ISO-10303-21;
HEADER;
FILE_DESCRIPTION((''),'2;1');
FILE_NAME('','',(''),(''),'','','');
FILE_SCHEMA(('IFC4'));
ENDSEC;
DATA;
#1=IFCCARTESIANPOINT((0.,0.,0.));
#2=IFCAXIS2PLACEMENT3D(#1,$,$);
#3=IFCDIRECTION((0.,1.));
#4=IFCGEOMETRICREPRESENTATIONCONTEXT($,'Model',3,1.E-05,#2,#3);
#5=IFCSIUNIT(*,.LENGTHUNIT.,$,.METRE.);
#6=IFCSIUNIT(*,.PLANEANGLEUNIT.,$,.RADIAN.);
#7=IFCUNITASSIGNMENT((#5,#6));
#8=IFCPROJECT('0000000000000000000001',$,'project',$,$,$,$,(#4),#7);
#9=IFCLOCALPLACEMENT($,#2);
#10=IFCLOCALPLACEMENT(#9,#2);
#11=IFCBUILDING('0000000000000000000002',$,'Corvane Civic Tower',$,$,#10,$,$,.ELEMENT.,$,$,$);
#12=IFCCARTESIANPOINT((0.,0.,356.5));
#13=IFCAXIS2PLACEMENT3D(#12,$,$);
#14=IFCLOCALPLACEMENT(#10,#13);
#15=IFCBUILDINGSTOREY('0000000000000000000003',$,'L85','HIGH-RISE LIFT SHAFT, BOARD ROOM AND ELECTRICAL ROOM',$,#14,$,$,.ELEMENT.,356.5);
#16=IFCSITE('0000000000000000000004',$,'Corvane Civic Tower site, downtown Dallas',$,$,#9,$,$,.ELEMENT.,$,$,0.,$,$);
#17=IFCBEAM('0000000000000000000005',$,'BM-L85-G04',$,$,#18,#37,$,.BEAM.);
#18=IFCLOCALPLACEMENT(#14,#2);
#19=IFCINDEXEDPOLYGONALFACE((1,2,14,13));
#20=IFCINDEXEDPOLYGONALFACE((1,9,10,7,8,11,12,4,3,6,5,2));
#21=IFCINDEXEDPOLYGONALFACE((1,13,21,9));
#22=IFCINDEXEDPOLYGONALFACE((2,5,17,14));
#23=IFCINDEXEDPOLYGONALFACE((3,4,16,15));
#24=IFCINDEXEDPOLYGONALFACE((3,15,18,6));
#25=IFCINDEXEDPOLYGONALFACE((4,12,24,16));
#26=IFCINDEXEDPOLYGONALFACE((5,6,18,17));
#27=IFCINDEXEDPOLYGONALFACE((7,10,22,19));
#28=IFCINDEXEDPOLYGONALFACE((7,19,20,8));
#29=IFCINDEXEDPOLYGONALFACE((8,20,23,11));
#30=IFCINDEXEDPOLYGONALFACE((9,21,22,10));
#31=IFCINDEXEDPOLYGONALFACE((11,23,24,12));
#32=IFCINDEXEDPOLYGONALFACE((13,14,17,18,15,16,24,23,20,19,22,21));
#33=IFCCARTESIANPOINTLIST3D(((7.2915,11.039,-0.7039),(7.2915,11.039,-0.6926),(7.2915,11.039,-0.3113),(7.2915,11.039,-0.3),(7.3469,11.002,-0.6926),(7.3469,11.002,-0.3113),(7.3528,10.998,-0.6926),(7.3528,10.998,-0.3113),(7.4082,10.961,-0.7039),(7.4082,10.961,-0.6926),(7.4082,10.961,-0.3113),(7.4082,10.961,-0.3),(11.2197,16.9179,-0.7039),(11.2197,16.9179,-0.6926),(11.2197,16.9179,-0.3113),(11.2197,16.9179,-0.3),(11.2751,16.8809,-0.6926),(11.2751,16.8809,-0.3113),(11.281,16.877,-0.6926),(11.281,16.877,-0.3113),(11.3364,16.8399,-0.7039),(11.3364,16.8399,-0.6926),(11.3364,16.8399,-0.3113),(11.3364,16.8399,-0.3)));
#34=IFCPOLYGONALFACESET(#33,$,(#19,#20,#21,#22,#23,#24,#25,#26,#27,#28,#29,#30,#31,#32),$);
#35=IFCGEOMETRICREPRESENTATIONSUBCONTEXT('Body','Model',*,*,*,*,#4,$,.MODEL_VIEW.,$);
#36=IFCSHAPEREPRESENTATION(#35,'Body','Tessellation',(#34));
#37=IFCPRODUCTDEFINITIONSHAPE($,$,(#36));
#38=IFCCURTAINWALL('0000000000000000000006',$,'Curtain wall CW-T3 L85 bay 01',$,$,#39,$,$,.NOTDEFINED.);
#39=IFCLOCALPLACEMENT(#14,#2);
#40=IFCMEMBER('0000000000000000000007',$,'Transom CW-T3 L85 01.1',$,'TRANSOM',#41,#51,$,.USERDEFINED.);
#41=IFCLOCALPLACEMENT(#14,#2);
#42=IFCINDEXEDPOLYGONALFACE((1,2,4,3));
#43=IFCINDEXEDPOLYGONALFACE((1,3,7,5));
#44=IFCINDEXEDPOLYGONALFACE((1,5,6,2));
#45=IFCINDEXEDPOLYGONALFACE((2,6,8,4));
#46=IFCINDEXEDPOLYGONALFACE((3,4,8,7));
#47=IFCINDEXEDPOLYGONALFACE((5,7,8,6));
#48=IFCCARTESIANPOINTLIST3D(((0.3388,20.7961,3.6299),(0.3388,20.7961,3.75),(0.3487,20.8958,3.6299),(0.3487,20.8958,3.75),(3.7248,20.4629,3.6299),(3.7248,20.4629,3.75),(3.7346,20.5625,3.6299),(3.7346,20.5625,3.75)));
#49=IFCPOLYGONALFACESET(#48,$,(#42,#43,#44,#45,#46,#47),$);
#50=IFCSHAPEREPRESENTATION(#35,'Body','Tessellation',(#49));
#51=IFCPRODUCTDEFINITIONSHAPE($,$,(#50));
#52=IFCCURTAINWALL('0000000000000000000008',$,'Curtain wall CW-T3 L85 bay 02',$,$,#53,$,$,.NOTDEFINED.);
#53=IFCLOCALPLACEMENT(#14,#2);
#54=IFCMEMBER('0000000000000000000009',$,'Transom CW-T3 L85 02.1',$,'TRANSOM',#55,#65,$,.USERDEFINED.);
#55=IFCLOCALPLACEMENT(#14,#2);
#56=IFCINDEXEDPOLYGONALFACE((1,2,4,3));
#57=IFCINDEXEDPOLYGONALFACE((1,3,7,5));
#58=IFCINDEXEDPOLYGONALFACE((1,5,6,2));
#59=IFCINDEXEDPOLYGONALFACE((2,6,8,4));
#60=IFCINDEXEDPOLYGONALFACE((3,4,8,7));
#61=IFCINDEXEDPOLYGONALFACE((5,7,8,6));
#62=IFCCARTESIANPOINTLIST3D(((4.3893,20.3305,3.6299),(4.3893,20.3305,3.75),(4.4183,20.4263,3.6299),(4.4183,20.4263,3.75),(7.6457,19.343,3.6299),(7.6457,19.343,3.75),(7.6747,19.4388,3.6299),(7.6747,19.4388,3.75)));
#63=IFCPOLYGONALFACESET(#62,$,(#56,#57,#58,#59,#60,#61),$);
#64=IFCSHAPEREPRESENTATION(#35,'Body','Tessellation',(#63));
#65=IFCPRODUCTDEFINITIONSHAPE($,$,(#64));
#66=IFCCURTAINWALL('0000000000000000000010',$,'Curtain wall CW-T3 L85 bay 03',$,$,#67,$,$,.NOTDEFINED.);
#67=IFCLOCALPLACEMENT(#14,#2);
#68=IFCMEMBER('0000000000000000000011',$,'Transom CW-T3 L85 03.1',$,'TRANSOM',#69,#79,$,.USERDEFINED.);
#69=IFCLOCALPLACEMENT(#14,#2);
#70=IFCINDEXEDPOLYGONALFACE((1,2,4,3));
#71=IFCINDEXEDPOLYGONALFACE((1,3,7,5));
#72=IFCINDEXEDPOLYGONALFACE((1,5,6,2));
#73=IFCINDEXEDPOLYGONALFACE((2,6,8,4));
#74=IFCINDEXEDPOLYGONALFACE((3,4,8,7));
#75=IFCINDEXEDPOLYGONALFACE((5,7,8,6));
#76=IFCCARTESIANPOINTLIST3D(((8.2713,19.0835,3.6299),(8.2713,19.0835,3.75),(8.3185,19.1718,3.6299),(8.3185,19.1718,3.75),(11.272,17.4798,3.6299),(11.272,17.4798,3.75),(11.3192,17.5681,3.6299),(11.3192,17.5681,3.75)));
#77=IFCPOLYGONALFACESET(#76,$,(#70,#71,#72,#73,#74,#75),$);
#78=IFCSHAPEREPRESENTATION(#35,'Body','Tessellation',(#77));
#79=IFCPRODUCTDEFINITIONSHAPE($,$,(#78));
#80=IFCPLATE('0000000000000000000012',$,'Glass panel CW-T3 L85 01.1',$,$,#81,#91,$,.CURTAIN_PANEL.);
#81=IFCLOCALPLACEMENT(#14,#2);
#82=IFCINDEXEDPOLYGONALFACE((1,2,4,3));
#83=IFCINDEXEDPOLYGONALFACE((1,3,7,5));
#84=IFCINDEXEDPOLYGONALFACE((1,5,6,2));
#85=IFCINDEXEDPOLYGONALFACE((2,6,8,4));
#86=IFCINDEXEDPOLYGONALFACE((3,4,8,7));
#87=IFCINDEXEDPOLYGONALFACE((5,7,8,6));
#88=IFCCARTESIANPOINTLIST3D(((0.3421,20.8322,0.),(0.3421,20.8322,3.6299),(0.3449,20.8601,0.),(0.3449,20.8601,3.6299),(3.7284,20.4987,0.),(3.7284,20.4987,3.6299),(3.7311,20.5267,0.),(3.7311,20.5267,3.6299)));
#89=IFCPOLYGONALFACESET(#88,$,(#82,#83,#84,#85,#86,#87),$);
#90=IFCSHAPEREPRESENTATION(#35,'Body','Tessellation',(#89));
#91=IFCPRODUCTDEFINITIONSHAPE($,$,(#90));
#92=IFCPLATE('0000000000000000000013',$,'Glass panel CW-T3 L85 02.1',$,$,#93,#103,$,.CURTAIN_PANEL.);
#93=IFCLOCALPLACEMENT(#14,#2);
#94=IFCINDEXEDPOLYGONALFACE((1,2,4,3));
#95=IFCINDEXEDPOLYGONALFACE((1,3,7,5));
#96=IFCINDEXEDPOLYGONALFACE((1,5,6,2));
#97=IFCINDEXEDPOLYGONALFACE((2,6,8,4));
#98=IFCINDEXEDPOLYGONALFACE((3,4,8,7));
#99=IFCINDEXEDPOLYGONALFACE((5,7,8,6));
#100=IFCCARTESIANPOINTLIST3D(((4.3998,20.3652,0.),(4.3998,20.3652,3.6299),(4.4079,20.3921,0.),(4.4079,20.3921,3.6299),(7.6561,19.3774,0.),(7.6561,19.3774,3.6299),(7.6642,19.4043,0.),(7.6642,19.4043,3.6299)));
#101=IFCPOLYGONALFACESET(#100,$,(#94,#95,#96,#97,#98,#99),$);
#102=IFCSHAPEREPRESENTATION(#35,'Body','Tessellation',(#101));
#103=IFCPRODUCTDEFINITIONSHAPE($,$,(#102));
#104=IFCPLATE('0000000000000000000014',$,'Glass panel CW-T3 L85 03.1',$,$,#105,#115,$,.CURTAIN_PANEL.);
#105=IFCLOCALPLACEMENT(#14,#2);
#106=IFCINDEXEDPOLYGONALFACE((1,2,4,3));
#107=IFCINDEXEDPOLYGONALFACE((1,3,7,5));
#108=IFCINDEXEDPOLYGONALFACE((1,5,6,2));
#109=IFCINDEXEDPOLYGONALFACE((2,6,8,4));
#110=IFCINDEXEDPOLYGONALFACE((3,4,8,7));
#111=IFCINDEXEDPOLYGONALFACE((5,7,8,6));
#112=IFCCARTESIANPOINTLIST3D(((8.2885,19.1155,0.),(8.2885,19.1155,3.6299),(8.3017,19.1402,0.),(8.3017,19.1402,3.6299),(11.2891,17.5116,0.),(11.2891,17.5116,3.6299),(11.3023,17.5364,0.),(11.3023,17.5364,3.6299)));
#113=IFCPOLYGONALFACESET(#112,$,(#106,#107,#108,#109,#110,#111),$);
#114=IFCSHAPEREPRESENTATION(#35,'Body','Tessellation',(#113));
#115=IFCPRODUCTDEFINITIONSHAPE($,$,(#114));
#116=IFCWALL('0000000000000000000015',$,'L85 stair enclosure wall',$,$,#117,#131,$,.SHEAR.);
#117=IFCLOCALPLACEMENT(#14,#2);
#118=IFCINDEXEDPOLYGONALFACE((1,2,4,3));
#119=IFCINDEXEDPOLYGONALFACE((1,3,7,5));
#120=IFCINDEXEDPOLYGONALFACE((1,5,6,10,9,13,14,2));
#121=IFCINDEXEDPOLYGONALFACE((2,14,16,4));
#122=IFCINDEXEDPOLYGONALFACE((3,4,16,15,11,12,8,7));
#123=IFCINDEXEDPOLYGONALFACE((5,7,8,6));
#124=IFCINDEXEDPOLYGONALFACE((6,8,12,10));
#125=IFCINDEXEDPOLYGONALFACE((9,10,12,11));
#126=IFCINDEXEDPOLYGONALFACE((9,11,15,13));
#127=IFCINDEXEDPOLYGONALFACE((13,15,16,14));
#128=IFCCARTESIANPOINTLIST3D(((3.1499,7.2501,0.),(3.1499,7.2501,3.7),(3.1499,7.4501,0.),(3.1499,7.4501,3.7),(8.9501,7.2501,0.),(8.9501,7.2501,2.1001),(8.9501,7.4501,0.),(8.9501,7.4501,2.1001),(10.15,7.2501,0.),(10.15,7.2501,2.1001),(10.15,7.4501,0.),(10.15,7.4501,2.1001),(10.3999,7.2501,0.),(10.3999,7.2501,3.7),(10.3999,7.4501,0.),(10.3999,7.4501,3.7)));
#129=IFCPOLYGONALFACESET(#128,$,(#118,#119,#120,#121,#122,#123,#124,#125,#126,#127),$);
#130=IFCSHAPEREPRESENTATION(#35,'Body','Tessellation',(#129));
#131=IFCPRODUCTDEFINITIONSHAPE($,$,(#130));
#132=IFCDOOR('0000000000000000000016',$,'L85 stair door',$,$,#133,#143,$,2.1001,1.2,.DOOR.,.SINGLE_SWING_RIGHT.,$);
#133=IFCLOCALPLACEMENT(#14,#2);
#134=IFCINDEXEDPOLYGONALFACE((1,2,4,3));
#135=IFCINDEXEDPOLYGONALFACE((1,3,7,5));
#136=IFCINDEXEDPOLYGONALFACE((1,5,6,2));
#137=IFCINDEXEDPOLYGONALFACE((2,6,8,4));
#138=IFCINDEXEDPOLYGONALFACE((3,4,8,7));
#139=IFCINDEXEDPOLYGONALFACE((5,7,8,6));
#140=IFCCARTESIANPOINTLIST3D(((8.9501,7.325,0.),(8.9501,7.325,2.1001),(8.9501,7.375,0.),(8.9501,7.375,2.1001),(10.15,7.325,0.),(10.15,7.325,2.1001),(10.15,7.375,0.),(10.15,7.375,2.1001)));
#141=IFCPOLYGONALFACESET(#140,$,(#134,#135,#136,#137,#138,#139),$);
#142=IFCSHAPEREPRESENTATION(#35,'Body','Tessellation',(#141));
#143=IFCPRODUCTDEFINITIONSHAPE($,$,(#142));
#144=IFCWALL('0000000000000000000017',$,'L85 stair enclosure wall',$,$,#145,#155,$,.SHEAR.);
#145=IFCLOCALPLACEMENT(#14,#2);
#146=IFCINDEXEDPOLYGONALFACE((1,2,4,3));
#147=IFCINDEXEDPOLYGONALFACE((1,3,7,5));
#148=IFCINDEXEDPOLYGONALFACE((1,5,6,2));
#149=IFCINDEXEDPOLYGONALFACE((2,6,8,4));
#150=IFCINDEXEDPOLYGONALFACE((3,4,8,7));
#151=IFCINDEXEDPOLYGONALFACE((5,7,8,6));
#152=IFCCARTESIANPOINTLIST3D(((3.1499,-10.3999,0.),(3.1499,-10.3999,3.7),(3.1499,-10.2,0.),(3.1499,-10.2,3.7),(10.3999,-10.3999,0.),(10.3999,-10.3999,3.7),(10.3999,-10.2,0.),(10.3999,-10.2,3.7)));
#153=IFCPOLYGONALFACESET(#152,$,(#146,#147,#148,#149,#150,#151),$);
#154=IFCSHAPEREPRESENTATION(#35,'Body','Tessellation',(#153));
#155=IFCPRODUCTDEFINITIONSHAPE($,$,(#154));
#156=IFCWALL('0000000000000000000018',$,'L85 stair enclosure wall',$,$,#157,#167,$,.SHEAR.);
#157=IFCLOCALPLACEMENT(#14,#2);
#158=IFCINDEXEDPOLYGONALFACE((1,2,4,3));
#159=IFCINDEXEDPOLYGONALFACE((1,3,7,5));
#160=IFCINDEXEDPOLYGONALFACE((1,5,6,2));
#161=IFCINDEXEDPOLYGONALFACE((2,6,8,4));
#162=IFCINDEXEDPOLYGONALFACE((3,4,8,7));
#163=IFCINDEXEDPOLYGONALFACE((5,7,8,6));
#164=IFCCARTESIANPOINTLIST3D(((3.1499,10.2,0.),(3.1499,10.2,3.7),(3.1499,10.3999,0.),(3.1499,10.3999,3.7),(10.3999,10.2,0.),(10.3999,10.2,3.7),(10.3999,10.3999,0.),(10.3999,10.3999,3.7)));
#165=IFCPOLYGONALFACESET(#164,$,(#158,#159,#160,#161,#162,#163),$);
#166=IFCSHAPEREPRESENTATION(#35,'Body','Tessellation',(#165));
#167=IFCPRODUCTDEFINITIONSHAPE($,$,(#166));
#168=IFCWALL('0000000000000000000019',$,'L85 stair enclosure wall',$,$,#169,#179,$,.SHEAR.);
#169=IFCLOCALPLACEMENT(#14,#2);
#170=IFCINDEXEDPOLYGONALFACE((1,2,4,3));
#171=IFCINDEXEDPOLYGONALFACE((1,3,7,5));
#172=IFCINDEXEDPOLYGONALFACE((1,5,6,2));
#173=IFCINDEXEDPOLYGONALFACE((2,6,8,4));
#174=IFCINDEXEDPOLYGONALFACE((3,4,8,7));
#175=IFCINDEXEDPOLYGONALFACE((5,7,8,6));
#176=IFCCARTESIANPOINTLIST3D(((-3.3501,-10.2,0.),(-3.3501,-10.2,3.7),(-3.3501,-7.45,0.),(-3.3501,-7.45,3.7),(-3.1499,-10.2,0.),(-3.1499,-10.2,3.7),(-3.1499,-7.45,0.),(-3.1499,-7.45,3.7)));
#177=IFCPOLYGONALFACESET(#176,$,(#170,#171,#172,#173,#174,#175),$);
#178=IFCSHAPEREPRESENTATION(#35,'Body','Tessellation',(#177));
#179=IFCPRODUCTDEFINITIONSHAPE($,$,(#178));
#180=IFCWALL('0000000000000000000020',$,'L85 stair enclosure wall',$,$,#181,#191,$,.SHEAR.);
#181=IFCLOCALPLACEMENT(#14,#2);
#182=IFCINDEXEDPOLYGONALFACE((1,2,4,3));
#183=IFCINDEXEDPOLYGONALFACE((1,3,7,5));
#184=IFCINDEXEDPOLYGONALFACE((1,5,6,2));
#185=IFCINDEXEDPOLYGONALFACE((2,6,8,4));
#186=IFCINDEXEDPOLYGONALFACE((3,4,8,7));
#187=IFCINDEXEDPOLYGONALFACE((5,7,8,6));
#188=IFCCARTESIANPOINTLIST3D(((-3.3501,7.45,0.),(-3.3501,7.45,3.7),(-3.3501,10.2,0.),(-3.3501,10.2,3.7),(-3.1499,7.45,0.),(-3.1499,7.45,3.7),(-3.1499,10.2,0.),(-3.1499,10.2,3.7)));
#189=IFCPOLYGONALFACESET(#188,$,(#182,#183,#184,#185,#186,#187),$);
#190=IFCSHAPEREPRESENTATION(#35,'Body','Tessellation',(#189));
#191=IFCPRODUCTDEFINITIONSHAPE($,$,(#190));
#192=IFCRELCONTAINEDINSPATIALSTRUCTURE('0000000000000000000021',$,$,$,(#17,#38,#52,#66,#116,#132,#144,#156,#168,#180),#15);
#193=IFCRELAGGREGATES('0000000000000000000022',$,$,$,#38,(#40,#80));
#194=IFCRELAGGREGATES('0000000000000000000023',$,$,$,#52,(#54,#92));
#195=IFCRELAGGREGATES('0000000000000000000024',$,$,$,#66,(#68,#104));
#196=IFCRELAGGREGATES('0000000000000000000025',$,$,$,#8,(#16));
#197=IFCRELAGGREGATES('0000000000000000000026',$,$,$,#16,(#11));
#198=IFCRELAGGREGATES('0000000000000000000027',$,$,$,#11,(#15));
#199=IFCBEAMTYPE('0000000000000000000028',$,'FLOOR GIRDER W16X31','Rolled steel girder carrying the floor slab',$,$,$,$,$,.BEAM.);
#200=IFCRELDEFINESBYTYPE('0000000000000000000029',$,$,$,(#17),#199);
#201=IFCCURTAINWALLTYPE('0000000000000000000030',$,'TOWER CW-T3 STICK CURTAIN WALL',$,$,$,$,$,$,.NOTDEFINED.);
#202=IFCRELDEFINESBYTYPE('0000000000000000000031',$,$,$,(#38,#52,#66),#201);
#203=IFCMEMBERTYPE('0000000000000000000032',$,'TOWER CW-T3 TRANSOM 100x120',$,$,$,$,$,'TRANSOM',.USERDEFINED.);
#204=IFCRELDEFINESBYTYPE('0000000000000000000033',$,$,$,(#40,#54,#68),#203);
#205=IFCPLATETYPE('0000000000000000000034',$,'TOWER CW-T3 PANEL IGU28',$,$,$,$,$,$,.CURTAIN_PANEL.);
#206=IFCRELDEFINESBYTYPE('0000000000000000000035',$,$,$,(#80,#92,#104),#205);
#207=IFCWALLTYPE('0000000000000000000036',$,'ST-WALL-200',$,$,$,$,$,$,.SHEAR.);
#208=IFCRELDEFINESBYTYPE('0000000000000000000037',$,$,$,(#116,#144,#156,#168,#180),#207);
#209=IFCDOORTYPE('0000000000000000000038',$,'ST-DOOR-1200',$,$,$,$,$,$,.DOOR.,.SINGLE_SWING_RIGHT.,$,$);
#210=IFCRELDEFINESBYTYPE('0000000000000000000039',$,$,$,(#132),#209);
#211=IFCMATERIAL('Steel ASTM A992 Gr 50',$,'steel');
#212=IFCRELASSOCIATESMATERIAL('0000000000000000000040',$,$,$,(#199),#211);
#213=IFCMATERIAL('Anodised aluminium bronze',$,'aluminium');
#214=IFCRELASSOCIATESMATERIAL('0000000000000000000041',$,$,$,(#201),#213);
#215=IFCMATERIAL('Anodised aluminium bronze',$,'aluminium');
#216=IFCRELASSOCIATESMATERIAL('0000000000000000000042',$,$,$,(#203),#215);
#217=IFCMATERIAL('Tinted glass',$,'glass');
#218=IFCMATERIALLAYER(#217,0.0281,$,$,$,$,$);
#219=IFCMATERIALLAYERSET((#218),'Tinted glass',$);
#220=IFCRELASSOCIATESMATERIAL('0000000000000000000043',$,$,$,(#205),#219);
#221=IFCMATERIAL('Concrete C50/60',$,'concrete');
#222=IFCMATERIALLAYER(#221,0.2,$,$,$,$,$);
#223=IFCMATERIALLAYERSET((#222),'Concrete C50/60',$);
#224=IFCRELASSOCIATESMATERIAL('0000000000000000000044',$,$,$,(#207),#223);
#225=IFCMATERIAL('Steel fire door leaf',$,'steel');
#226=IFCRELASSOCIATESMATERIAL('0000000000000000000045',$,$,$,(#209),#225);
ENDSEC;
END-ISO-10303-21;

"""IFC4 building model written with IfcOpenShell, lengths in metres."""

from ifc_helpers import new_model, si_unit, direction, frame, frame_2d, origin, origin_2d, place, context, subcontext, project, spatial, polyline, rectangle, i_section, outline, extrude, material, layer, layer_set, material_profile, profile_set, type_object, element, fill, aggregate, save


model = new_model("IFC4")

# Units and contexts
model_context = context("Model", 3, precision=1e-05, world=origin(), true_north=direction((0.0, 1.0)))
body_context = subcontext(model_context, "Body", "Model", "MODEL_VIEW")
ifc_project = project(units=[si_unit("LENGTHUNIT", "METRE"), si_unit("PLANEANGLEUNIT", "RADIAN")], contexts=[model_context])

# Site, building, storey
site_placement = place(None, origin())
site = spatial("IfcSite", under=ifc_project, at=site_placement, Name="Corvane Civic Tower site, downtown Dallas", CompositionType="ELEMENT", RefElevation=0.0)
building_placement = place(site_placement, origin())
building = spatial("IfcBuilding", under=site, at=building_placement, Name="Corvane Civic Tower", CompositionType="ELEMENT")
storey_placement = place(building_placement, frame((0.0, 0.0, 356.5)))
storey = spatial("IfcBuildingStorey", under=building, at=storey_placement, Name="L85", Description="HIGH-RISE LIFT SHAFT, BOARD ROOM AND ELECTRICAL ROOM", CompositionType="ELEMENT", Elevation=356.5)

# Beam
ifc_material_1 = material(Name="Steel ASTM A992 Gr 50", Category="steel")
ifc_material_profile_1 = material_profile(ifc_material_1, i_section(OverallWidth=0.1404, OverallDepth=0.4038, WebThickness=0.0071, FlangeThickness=0.0112, at=origin_2d()), Name="W16X31")
ifc_profile_set_1 = profile_set([ifc_material_profile_1], Name="Steel ASTM A992 Gr 50")
beam_type_1 = type_object("IfcBeamType", Name="FLOOR GIRDER W16X31", Description="Rolled steel girder carrying the floor slab", PredefinedType="BEAM", material=ifc_profile_set_1)
beam_1_placement = place(storey_placement, frame((7.3499, 11.0, -0.502), z_axis=(0.555576, 0.831465, 0.0), x_axis=(-0.831465, 0.555576, 0.0)))
element("IfcBeam", 1, at=beam_1_placement, inside=storey, type_object=beam_type_1, Name="BM-L85-G04", PredefinedType="BEAM", context=body_context, shape_type="SweptSolid", body=[
    extrude(i_section(OverallWidth=0.1404, OverallDepth=0.4038, WebThickness=0.0071, FlangeThickness=0.0112, at=origin_2d()), origin(), (0.0, 0.0, 1.0), 7.0706),
])

# Curtain walls, members
ifc_material_2 = material(Name="Anodised aluminium bronze", Category="aluminium")
curtain_wall_type = type_object("IfcCurtainWallType", Name="TOWER CW-T3 STICK CURTAIN WALL", PredefinedType="NOTDEFINED", material=ifc_material_2)
curtain_wall_1_placement = place(storey_placement, origin())
curtain_wall_1 = element("IfcCurtainWall", 2, at=curtain_wall_1_placement, inside=storey, type_object=curtain_wall_type, Name="Curtain wall CW-T3 L85 bay 01", PredefinedType="NOTDEFINED")
ifc_material_3 = material(Name="Anodised aluminium bronze", Category="aluminium")
ifc_material_profile_2 = material_profile(ifc_material_3, rectangle(XDim=0.1001, YDim=0.1201, at=origin_2d()), Name="TOWER CW-T3 TRANSOM 100x120")
ifc_profile_set_2 = profile_set([ifc_material_profile_2], Name="Anodised aluminium bronze")
member_type = type_object("IfcMemberType", Name="TOWER CW-T3 TRANSOM 100x120", ElementType="TRANSOM", PredefinedType="USERDEFINED", material=ifc_profile_set_2)
member_1_placement = place(storey_placement, frame((0.3438, 20.8459, 3.6899), z_axis=(0.995192, -0.097948, 0.0), x_axis=(0.097948, 0.995192, 0.0)))
member_1 = element("IfcMember", 3, at=member_1_placement, type_object=member_type, Name="Transom CW-T3 L85 01.1", ObjectType="TRANSOM", PredefinedType="USERDEFINED", context=body_context, shape_type="SweptSolid", body=[
    extrude(rectangle(XDim=0.1001, YDim=0.1201, at=origin_2d()), origin(), (0.0, 0.0, 1.0), 3.4023),
])
curtain_wall_2_placement = place(storey_placement, origin())
curtain_wall_2 = element("IfcCurtainWall", 4, at=curtain_wall_2_placement, inside=storey, type_object=curtain_wall_type, Name="Curtain wall CW-T3 L85 bay 02", PredefinedType="NOTDEFINED")
member_2_placement = place(storey_placement, frame((4.4038, 20.3784, 3.6899), z_axis=(0.956961, -0.290216, 0.0), x_axis=(0.290216, 0.956961, 0.0)))
member_2 = element("IfcMember", 5, at=member_2_placement, type_object=member_type, Name="Transom CW-T3 L85 02.1", ObjectType="TRANSOM", PredefinedType="USERDEFINED", context=body_context, shape_type="SweptSolid", body=[
    extrude(rectangle(XDim=0.1001, YDim=0.1201, at=origin_2d()), origin(), (0.0, 0.0, 1.0), 3.4028),
])
curtain_wall_3_placement = place(storey_placement, origin())
curtain_wall_3 = element("IfcCurtainWall", 6, at=curtain_wall_3_placement, inside=storey, type_object=curtain_wall_type, Name="Curtain wall CW-T3 L85 bay 03", PredefinedType="NOTDEFINED")
member_3_placement = place(storey_placement, frame((8.2949, 19.1277, 3.6899), z_axis=(0.881941, -0.471359, 0.0), x_axis=(0.471359, 0.881941, 0.0)))
member_3 = element("IfcMember", 7, at=member_3_placement, type_object=member_type, Name="Transom CW-T3 L85 03.1", ObjectType="TRANSOM", PredefinedType="USERDEFINED", context=body_context, shape_type="SweptSolid", body=[
    extrude(rectangle(XDim=0.1001, YDim=0.1201, at=origin_2d()), origin(), (0.0, 0.0, 1.0), 3.4023),
])

# Plates
ifc_material_4 = material(Name="Tinted glass", Category="glass")
ifc_layer_1 = layer(ifc_material_4, 0.0281)
ifc_layer_set_1 = layer_set([ifc_layer_1], Name="Tinted glass")
plate_type = type_object("IfcPlateType", Name="TOWER CW-T3 PANEL IGU28", PredefinedType="CURTAIN_PANEL", material=ifc_layer_set_1)
plate_1_placement = place(storey_placement, frame((2.0366, 20.6794, 0.0), z_axis=(0.0, 0.0, 1.0), x_axis=(0.995187, -0.097998, 0.0)))
plate_1 = element("IfcPlate", 8, at=plate_1_placement, type_object=plate_type, Name="Glass panel CW-T3 L85 01.1", PredefinedType="CURTAIN_PANEL", context=body_context, shape_type="SweptSolid", body=[
    extrude(rectangle(XDim=3.4026, YDim=0.0281, at=origin_2d()), origin(), (0.0, 0.0, 1.0), 3.6299),
])
aggregate(curtain_wall_1, [member_1, plate_1])
plate_2_placement = place(storey_placement, frame((6.032, 19.8848, 0.0), z_axis=(0.0, 0.0, 1.0), x_axis=(0.956939, -0.29029, 0.0)))
plate_2 = element("IfcPlate", 9, at=plate_2_placement, type_object=plate_type, Name="Glass panel CW-T3 L85 02.1", PredefinedType="CURTAIN_PANEL", context=body_context, shape_type="SweptSolid", body=[
    extrude(rectangle(XDim=3.4028, YDim=0.0281, at=origin_2d()), origin(), (0.0, 0.0, 1.0), 3.6299),
])
aggregate(curtain_wall_2, [member_2, plate_2])
plate_3_placement = place(storey_placement, frame((9.7954, 18.3259, 0.0), z_axis=(0.0, 0.0, 1.0), x_axis=(0.881928, -0.471384, 0.0)))
plate_3 = element("IfcPlate", 10, at=plate_3_placement, type_object=plate_type, Name="Glass panel CW-T3 L85 03.1", PredefinedType="CURTAIN_PANEL", context=body_context, shape_type="SweptSolid", body=[
    extrude(rectangle(XDim=3.4023, YDim=0.0281, at=origin_2d()), origin(), (0.0, 0.0, 1.0), 3.6299),
])
aggregate(curtain_wall_3, [member_3, plate_3])

# Wall, opening, door
ifc_material_5 = material(Name="Concrete C50/60", Category="concrete")
ifc_layer_2 = layer(ifc_material_5, 0.2)
ifc_layer_set_2 = layer_set([ifc_layer_2], Name="Concrete C50/60")
wall_type_1 = type_object("IfcWallType", Name="ST-WALL-200", PredefinedType="SHEAR", material=ifc_layer_set_2)
wall_1_placement = place(storey_placement, frame((3.1499, 7.3501, 0.0), z_axis=(0.0, 0.0, 1.0), x_axis=(1.0, 0.0, 0.0)))
wall_1 = element("IfcWall", 11, at=wall_1_placement, inside=storey, type_object=wall_type_1, Name="L85 stair enclosure wall", PredefinedType="SHEAR", context=body_context, shape_type="SweptSolid", body=[
    extrude(rectangle(XDim=7.25, YDim=0.2, at=frame_2d((3.625, 0.0))), origin(), (0.0, 0.0, 1.0), 3.7),
])
opening_1_placement = place(wall_1_placement, frame((5.8, 0.0, 0.0)))
opening_1 = element("IfcOpeningElement", 12, at=opening_1_placement, cuts=wall_1, PredefinedType="OPENING", context=body_context, shape_type="SweptSolid", body=[
    extrude(rectangle(XDim=1.2, YDim=2.1001, at=frame_2d((0.6001, 1.05))), frame((0.0, 0.1099, 0.0), z_axis=(0.0, -1.0, 0.0), x_axis=(1.0, 0.0, 0.0)), (0.0, 0.0, 1.0), 0.22),
])
ifc_material_6 = material(Name="Steel fire door leaf", Category="steel")
door_type_1 = type_object("IfcDoorType", Name="ST-DOOR-1200", OperationType="SINGLE_SWING_RIGHT", PredefinedType="DOOR", material=ifc_material_6)
door_1_placement = place(opening_1_placement, origin())
door_1 = element("IfcDoor", 13, at=door_1_placement, inside=storey, type_object=door_type_1, Name="L85 stair door", OperationType="SINGLE_SWING_RIGHT", OverallHeight=2.1001, OverallWidth=1.2, PredefinedType="DOOR", context=body_context, shape_type="SweptSolid", body=[
    extrude(rectangle(XDim=1.2, YDim=2.1001, at=frame_2d((0.6001, 1.05))), frame((0.0, 0.0249, 0.0), z_axis=(0.0, -1.0, 0.0), x_axis=(1.0, 0.0, 0.0)), (0.0, 0.0, 1.0), 0.05),
])
fill(opening_1, door_1)

# Walls
wall_2_placement = place(storey_placement, origin())
element("IfcWall", 14, at=wall_2_placement, inside=storey, type_object=wall_type_1, Name="L85 stair enclosure wall", PredefinedType="SHEAR", context=body_context, shape_type="SweptSolid", body=[
    extrude(outline(polyline([(10.3999, -10.3999), (3.1499, -10.3999), (3.1499, -10.2), (10.3999, -10.2), (10.3999, -10.3999)])), origin(), (0.0, 0.0, 1.0), 3.7),
])
wall_3_placement = place(storey_placement, origin())
element("IfcWall", 15, at=wall_3_placement, inside=storey, type_object=wall_type_1, Name="L85 stair enclosure wall", PredefinedType="SHEAR", context=body_context, shape_type="SweptSolid", body=[
    extrude(outline(polyline([(10.3999, 10.2), (3.1499, 10.2), (3.1499, 10.3999), (10.3999, 10.3999), (10.3999, 10.2)])), origin(), (0.0, 0.0, 1.0), 3.7),
])
wall_4_placement = place(storey_placement, origin())
element("IfcWall", 16, at=wall_4_placement, inside=storey, type_object=wall_type_1, Name="L85 stair enclosure wall", PredefinedType="SHEAR", context=body_context, shape_type="SweptSolid", body=[
    extrude(outline(polyline([(-3.1499, -7.45), (-3.1499, -10.2), (-3.3501, -10.2), (-3.3501, -7.45), (-3.1499, -7.45)])), origin(), (0.0, 0.0, 1.0), 3.7),
])
wall_5_placement = place(storey_placement, origin())
element("IfcWall", 17, at=wall_5_placement, inside=storey, type_object=wall_type_1, Name="L85 stair enclosure wall", PredefinedType="SHEAR", context=body_context, shape_type="SweptSolid", body=[
    extrude(outline(polyline([(-3.1499, 7.45), (-3.3501, 7.45), (-3.3501, 10.2), (-3.1499, 10.2), (-3.1499, 7.45)])), origin(), (0.0, 0.0, 1.0), 3.7),
])

save(model, "model.ifc")
